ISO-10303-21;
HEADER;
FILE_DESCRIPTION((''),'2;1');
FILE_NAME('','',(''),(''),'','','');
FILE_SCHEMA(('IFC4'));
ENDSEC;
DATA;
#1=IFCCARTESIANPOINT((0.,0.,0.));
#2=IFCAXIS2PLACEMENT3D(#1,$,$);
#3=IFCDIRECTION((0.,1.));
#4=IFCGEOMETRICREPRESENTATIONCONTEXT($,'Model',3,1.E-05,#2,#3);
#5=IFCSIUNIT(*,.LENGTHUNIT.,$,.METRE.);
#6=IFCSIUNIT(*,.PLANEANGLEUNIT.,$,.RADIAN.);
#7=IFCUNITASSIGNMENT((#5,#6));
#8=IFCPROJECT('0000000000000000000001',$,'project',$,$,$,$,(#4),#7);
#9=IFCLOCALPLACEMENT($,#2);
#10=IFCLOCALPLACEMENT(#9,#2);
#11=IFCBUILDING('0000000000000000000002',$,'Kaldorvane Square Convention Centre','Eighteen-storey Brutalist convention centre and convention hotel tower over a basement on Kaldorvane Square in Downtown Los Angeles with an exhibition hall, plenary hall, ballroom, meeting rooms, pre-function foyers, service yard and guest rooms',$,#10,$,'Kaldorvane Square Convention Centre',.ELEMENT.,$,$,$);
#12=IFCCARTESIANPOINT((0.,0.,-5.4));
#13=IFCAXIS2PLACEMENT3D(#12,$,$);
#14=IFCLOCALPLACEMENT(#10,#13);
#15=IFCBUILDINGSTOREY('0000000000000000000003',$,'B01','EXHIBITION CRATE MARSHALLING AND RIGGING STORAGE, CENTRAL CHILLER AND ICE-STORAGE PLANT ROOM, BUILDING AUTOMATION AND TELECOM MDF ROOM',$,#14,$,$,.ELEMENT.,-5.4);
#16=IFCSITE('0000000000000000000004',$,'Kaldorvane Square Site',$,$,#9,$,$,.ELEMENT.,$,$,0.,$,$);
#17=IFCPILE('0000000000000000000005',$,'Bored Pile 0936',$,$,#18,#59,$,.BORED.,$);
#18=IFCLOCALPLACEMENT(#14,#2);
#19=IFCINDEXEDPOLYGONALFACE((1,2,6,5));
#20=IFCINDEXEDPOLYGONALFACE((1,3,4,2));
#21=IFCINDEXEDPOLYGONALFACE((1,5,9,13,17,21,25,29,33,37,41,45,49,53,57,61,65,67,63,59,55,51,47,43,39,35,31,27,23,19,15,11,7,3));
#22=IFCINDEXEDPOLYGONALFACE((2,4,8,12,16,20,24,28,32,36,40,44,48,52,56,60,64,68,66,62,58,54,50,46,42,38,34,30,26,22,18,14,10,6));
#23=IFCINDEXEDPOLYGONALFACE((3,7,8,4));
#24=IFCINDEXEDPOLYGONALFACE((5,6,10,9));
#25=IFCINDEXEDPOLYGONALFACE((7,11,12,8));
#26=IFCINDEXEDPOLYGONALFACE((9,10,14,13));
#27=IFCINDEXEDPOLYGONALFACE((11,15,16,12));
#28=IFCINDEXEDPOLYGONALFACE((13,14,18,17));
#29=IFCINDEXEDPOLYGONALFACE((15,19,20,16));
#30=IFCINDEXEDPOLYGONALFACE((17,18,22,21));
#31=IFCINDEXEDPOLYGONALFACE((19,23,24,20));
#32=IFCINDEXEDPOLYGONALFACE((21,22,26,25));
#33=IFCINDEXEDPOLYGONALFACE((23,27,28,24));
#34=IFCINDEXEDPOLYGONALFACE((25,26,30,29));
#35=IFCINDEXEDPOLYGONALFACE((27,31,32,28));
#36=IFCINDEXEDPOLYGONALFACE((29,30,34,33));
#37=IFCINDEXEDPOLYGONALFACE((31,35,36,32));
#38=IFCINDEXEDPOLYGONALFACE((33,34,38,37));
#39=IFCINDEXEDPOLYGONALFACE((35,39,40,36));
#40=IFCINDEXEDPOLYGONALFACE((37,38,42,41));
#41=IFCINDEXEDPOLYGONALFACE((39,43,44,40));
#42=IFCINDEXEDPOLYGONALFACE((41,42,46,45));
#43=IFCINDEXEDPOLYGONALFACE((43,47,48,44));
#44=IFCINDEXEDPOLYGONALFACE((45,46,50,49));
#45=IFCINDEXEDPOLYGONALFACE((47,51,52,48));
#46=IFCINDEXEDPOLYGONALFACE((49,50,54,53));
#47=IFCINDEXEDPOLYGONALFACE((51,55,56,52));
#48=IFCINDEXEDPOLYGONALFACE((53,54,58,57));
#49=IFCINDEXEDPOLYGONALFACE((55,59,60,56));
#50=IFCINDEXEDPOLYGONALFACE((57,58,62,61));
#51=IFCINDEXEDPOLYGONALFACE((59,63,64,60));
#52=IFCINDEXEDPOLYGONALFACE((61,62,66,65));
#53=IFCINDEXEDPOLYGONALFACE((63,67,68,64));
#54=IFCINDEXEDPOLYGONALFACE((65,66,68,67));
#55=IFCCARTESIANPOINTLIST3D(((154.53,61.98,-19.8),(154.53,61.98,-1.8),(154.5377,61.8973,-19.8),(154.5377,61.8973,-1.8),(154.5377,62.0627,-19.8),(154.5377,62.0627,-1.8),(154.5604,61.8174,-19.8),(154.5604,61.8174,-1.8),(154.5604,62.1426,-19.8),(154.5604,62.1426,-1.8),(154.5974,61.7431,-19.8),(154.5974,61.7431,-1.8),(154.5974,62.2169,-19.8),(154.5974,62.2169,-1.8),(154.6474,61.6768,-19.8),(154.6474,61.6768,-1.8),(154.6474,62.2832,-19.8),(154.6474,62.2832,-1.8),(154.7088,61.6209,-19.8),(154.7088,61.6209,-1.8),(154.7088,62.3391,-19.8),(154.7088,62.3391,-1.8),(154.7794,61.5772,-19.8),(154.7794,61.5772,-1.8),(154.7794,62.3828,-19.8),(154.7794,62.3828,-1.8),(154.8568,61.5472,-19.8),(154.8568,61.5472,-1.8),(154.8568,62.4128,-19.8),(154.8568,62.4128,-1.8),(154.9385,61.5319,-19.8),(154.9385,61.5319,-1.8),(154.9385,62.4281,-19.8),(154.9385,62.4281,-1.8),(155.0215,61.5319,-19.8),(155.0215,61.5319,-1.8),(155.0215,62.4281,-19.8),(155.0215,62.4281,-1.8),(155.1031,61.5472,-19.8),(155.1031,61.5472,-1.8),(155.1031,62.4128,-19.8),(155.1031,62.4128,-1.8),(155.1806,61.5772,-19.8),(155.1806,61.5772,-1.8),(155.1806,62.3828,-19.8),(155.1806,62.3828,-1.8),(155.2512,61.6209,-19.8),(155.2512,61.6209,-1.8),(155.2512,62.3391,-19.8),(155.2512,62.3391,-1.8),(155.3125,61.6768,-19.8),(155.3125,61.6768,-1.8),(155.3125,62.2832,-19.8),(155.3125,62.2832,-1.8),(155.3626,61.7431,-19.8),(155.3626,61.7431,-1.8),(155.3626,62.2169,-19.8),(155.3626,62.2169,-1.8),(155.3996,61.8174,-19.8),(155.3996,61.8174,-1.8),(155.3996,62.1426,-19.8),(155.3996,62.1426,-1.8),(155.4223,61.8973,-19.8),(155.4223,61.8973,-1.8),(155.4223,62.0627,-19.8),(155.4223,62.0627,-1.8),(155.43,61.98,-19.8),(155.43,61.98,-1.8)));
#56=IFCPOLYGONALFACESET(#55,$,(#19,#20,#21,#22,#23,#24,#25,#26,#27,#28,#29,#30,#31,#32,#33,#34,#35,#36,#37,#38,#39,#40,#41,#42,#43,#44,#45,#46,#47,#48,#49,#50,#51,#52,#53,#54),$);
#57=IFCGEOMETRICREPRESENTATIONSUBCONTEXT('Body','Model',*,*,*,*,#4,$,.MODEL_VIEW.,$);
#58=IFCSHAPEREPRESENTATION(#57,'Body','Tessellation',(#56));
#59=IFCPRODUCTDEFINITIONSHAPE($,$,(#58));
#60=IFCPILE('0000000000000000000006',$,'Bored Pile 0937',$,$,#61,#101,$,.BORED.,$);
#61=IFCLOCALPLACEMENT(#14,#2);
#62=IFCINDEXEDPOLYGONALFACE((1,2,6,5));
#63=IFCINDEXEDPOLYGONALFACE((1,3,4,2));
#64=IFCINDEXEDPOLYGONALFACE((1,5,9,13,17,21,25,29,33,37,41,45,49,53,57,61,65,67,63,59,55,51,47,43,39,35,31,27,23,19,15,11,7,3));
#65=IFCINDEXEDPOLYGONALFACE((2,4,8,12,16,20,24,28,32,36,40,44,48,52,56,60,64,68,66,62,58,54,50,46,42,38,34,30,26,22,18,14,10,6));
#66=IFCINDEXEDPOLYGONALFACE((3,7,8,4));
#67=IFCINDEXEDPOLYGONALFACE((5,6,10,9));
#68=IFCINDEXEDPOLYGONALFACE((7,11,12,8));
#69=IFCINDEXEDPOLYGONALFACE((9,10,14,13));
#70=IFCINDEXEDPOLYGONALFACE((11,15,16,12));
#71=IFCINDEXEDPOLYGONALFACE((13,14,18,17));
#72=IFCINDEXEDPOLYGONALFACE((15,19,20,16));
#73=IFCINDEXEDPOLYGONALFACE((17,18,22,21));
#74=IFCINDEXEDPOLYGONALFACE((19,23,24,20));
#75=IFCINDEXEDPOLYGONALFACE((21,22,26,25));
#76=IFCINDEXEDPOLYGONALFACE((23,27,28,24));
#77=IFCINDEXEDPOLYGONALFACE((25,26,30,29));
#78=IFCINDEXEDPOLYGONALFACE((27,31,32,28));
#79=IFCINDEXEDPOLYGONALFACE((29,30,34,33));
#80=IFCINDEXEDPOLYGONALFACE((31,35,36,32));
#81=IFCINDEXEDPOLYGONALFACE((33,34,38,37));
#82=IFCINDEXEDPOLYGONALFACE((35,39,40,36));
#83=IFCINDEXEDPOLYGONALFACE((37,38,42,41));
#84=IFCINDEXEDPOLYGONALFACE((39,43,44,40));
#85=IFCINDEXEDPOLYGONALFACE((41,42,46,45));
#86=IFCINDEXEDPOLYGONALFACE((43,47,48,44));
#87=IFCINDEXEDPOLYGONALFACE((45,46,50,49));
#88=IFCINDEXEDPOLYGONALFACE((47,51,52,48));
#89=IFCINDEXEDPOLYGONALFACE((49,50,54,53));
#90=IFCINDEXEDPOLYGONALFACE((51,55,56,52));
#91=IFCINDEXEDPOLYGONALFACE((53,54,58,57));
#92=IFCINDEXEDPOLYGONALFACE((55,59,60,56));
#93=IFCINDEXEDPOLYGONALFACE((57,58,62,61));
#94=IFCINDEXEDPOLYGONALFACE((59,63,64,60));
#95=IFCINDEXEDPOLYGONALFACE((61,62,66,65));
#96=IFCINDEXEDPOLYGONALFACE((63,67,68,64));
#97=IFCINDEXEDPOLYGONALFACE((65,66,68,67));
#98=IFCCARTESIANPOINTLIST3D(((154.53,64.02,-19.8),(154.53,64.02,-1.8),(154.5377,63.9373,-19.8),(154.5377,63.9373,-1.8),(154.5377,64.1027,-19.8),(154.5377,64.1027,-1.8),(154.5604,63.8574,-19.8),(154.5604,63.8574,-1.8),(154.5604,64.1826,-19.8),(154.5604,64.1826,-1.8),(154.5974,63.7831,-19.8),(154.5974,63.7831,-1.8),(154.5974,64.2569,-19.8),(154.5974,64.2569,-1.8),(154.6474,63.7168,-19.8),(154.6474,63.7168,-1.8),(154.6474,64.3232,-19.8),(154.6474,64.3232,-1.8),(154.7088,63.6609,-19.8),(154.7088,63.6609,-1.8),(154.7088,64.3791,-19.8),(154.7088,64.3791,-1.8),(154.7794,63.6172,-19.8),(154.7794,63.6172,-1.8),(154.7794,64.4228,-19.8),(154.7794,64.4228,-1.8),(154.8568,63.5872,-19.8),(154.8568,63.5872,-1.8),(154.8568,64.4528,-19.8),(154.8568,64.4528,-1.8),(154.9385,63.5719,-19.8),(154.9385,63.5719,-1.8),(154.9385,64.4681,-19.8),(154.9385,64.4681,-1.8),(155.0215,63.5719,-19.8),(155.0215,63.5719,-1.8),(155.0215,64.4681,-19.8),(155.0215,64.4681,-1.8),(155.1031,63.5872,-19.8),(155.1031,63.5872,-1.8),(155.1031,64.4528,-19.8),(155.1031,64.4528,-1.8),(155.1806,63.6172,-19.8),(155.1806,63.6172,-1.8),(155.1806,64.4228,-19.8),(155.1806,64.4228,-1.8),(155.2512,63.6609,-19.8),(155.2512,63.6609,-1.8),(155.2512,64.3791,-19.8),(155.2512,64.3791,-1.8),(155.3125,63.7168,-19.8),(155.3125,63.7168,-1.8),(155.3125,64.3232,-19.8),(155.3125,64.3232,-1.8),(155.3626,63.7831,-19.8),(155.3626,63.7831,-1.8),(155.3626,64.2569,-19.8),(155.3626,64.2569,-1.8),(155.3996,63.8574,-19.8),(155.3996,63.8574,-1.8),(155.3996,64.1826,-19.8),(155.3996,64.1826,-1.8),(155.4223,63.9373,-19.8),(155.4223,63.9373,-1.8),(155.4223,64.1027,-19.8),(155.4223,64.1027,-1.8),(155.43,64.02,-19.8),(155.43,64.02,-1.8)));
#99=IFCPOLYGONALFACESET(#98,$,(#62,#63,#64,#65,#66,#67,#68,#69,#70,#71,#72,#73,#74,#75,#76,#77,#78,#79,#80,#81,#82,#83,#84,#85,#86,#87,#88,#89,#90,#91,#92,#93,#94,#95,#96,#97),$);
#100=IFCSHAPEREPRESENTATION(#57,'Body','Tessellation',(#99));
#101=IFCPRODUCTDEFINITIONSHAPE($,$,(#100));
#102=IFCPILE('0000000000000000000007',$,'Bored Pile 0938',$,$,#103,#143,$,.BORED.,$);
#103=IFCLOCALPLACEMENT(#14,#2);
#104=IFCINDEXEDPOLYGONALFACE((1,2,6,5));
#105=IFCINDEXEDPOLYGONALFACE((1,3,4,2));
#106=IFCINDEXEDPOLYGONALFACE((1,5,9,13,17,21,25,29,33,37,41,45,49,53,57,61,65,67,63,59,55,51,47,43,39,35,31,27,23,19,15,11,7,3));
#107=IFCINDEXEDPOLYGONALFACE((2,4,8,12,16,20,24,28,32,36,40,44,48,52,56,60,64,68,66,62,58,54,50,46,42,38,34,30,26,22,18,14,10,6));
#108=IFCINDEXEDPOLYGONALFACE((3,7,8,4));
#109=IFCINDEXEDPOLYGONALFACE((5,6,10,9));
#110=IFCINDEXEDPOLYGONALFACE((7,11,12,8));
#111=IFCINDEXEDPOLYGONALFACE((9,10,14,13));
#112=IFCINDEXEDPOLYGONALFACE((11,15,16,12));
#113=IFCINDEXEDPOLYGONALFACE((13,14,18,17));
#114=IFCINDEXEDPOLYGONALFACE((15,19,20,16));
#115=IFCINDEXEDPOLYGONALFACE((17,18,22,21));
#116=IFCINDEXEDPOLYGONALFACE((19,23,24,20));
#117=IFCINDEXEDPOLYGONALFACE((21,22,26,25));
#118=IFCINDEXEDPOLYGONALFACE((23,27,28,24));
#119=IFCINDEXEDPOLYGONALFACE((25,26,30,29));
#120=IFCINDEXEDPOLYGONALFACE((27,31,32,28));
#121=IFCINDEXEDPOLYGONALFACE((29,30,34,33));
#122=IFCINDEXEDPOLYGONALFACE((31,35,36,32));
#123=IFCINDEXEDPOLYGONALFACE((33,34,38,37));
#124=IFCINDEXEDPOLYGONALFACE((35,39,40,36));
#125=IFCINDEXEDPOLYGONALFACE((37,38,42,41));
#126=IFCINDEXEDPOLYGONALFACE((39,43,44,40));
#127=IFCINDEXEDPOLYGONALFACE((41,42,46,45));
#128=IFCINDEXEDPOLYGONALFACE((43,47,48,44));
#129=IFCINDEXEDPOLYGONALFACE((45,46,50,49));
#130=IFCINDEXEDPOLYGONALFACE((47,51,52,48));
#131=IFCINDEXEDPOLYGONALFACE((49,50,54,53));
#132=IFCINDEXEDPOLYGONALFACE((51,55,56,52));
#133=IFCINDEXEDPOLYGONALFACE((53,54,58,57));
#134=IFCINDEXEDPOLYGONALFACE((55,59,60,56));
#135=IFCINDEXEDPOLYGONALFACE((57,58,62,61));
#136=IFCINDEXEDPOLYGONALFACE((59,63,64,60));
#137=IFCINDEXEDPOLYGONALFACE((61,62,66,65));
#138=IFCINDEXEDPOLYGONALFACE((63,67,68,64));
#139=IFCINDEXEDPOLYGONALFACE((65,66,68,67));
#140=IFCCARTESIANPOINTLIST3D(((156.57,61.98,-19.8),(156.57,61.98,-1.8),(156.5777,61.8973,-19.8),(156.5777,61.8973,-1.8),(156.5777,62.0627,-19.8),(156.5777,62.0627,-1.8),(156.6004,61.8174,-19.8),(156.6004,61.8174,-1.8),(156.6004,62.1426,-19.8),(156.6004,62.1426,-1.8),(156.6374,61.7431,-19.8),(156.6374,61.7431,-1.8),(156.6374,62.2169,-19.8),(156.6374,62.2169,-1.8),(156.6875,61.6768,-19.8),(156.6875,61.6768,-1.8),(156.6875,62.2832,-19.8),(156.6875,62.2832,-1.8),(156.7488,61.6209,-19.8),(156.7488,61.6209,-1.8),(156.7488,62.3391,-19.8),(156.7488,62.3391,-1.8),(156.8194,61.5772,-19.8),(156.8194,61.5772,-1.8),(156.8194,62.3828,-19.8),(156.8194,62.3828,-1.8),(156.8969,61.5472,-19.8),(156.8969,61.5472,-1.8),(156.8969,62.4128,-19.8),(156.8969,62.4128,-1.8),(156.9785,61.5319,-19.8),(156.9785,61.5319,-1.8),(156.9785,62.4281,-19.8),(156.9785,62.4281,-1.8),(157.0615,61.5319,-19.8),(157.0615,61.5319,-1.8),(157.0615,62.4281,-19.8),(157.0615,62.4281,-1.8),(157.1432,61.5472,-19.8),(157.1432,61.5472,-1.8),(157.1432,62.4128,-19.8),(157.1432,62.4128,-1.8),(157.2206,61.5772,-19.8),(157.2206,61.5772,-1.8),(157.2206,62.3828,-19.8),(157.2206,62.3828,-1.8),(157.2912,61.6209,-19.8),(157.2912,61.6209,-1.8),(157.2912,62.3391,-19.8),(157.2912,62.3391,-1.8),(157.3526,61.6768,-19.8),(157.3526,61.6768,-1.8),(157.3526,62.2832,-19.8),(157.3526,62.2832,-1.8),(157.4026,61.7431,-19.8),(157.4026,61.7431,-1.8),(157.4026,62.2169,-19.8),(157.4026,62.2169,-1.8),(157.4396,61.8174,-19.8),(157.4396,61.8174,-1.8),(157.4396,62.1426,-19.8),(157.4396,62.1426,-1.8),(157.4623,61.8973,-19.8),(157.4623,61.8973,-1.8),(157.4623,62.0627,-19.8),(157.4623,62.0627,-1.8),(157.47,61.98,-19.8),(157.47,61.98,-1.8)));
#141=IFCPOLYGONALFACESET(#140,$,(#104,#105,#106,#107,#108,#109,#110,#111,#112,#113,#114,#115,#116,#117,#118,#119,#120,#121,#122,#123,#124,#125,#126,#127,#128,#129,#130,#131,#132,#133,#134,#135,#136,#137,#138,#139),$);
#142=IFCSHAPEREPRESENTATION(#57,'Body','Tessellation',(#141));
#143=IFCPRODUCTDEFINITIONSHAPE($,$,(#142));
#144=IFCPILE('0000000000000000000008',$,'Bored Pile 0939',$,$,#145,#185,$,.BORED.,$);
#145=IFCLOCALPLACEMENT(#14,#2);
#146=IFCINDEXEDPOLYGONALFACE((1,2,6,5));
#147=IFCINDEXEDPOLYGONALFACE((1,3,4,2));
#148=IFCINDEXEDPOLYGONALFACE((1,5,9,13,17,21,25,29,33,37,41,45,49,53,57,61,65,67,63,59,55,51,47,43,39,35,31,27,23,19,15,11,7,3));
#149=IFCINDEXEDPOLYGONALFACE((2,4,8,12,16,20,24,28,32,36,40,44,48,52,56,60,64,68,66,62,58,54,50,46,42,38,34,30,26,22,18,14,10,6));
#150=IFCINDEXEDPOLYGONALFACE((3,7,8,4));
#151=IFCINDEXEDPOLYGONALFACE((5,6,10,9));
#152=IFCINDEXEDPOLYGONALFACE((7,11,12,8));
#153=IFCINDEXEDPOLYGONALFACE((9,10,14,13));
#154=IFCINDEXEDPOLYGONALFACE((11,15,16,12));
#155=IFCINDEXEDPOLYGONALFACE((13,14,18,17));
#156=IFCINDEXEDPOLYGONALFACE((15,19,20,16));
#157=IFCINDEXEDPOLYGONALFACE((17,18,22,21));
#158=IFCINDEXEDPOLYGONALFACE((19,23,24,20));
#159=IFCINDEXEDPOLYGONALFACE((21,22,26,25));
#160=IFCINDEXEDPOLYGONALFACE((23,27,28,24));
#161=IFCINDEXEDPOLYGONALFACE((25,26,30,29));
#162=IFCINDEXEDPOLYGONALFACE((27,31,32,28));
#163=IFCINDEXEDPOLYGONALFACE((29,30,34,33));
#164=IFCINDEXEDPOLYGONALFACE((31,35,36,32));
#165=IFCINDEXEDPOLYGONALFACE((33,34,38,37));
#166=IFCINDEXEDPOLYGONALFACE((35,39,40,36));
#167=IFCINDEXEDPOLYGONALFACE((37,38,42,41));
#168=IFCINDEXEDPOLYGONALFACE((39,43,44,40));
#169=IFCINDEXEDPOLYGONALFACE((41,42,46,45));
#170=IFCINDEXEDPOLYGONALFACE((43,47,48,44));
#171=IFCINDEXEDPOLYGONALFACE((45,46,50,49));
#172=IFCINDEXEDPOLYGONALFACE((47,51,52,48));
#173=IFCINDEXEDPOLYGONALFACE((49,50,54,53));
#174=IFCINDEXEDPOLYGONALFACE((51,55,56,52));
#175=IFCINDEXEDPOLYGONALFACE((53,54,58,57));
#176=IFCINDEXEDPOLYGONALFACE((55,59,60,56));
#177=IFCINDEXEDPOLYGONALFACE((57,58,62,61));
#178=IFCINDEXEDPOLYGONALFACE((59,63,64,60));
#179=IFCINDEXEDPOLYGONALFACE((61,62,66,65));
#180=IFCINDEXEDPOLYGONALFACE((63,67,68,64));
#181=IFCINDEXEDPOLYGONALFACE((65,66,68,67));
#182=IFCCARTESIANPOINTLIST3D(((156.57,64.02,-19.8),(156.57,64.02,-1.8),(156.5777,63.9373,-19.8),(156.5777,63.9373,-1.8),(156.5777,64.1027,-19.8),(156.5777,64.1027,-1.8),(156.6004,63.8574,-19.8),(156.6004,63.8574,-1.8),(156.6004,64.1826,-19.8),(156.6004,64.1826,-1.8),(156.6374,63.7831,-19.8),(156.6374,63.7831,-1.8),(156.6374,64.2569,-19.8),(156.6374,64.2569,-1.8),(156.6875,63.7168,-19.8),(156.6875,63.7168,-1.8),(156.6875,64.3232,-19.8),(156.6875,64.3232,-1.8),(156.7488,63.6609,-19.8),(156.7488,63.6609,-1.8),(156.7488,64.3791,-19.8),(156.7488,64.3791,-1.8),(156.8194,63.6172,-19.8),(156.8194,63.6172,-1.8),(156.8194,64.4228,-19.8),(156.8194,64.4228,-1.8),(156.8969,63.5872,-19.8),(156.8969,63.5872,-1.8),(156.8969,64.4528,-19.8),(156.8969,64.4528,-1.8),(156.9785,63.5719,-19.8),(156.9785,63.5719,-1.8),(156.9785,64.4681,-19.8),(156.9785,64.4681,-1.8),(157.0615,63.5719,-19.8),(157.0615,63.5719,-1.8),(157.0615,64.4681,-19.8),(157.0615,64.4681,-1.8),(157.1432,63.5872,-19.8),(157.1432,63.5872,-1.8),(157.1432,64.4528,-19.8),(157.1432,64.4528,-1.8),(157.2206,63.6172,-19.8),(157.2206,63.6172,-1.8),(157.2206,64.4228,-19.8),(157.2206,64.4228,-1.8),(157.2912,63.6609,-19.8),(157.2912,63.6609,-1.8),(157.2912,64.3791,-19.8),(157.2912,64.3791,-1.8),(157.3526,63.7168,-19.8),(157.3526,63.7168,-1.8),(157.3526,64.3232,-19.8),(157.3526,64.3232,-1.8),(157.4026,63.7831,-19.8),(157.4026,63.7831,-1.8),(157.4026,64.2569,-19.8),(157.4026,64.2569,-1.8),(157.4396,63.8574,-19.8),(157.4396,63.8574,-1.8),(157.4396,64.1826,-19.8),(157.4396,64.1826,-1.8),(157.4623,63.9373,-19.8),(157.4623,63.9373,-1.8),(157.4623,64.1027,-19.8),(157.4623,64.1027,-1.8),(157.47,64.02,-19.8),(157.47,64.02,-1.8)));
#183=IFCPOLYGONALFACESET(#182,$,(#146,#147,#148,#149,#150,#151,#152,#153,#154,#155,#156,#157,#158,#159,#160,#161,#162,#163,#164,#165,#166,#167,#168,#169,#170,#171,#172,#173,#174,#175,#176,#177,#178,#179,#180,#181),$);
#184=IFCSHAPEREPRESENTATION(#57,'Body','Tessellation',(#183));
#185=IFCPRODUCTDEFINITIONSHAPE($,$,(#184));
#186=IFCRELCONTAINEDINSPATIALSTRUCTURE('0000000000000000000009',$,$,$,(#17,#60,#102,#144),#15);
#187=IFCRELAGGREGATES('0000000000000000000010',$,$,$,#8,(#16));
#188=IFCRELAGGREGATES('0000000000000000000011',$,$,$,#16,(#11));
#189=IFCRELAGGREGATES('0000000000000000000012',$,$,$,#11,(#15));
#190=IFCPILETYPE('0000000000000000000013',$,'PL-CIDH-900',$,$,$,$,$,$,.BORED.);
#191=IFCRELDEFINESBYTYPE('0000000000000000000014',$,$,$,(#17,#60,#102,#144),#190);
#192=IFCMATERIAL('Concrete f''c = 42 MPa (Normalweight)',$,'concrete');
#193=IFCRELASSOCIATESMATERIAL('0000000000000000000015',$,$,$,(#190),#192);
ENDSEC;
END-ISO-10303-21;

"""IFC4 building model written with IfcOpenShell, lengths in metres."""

from ifc_helpers import new_model, si_unit, direction, frame, origin, origin_2d, place, context, subcontext, project, spatial, circle, extrude, material, material_profile, profile_set, type_object, element, save


model = new_model("IFC4")

# Units and contexts
model_context = context("Model", 3, precision=1e-05, world=origin(), true_north=direction((0.0, 1.0)))
body_context = subcontext(model_context, "Body", "Model", "MODEL_VIEW")
ifc_project = project(units=[si_unit("LENGTHUNIT", "METRE"), si_unit("PLANEANGLEUNIT", "RADIAN")], contexts=[model_context])

# Site, building, storey
site_placement = place(None, origin())
site = spatial("IfcSite", under=ifc_project, at=site_placement, Name="Kaldorvane Square Site", CompositionType="ELEMENT", RefElevation=0.0)
building_placement = place(site_placement, origin())
building = spatial("IfcBuilding", under=site, at=building_placement, Name="Kaldorvane Square Convention Centre", Description="Eighteen-storey Brutalist convention centre and convention hotel tower over a basement on Kaldorvane Square in Downtown Los Angeles with an exhibition hall, plenary hall, ballroom, meeting rooms, pre-function foyers, service yard and guest rooms", LongName="Kaldorvane Square Convention Centre", CompositionType="ELEMENT")
storey_placement = place(building_placement, frame((0.0, 0.0, -5.4)))
storey = spatial("IfcBuildingStorey", under=building, at=storey_placement, Name="B01", Description="EXHIBITION CRATE MARSHALLING AND RIGGING STORAGE, CENTRAL CHILLER AND ICE-STORAGE PLANT ROOM, BUILDING AUTOMATION AND TELECOM MDF ROOM", CompositionType="ELEMENT", Elevation=-5.4)

# Shared definitions
ifc_material_1 = material(Name="Concrete f'c = 42 MPa (Normalweight)", Category="concrete")

# Piles
ifc_material_profile_1 = material_profile(ifc_material_1, circle(Radius=0.45, at=origin_2d()), Name="PILE-D900")
ifc_profile_set_1 = profile_set([ifc_material_profile_1], Name="Concrete f'c = 42 MPa (Normalweight)")
pile_type_1 = type_object("IfcPileType", Name="PL-CIDH-900", PredefinedType="BORED", material=ifc_profile_set_1)
for number, where, z_axis, x_axis, name in (
    (1, (154.98, 61.98, -1.8), (0.0, 0.0, -1.0), (1.0, 0.0, 0.0), "Bored Pile 0936"),
    (2, (154.98, 64.02, -1.8), (0.0, 0.0, -1.0), (1.0, 0.0, 0.0), "Bored Pile 0937"),
    (3, (157.02, 61.98, -1.8), (0.0, 0.0, -1.0), (1.0, 0.0, 0.0), "Bored Pile 0938"),
    (4, (157.02, 64.02, -1.8), (0.0, 0.0, -1.0), (1.0, 0.0, 0.0), "Bored Pile 0939"),
):
    element("IfcPile", number, at=place(storey_placement, frame(where, z_axis=z_axis, x_axis=x_axis)), inside=storey, type_object=pile_type_1, Name=name, PredefinedType="BORED", context=body_context, shape_type="SweptSolid", body=[
        extrude(circle(Radius=0.45, at=origin_2d()), origin(), (0.0, 0.0, 1.0), 18.0),
    ])

save(model, "model.ifc")
